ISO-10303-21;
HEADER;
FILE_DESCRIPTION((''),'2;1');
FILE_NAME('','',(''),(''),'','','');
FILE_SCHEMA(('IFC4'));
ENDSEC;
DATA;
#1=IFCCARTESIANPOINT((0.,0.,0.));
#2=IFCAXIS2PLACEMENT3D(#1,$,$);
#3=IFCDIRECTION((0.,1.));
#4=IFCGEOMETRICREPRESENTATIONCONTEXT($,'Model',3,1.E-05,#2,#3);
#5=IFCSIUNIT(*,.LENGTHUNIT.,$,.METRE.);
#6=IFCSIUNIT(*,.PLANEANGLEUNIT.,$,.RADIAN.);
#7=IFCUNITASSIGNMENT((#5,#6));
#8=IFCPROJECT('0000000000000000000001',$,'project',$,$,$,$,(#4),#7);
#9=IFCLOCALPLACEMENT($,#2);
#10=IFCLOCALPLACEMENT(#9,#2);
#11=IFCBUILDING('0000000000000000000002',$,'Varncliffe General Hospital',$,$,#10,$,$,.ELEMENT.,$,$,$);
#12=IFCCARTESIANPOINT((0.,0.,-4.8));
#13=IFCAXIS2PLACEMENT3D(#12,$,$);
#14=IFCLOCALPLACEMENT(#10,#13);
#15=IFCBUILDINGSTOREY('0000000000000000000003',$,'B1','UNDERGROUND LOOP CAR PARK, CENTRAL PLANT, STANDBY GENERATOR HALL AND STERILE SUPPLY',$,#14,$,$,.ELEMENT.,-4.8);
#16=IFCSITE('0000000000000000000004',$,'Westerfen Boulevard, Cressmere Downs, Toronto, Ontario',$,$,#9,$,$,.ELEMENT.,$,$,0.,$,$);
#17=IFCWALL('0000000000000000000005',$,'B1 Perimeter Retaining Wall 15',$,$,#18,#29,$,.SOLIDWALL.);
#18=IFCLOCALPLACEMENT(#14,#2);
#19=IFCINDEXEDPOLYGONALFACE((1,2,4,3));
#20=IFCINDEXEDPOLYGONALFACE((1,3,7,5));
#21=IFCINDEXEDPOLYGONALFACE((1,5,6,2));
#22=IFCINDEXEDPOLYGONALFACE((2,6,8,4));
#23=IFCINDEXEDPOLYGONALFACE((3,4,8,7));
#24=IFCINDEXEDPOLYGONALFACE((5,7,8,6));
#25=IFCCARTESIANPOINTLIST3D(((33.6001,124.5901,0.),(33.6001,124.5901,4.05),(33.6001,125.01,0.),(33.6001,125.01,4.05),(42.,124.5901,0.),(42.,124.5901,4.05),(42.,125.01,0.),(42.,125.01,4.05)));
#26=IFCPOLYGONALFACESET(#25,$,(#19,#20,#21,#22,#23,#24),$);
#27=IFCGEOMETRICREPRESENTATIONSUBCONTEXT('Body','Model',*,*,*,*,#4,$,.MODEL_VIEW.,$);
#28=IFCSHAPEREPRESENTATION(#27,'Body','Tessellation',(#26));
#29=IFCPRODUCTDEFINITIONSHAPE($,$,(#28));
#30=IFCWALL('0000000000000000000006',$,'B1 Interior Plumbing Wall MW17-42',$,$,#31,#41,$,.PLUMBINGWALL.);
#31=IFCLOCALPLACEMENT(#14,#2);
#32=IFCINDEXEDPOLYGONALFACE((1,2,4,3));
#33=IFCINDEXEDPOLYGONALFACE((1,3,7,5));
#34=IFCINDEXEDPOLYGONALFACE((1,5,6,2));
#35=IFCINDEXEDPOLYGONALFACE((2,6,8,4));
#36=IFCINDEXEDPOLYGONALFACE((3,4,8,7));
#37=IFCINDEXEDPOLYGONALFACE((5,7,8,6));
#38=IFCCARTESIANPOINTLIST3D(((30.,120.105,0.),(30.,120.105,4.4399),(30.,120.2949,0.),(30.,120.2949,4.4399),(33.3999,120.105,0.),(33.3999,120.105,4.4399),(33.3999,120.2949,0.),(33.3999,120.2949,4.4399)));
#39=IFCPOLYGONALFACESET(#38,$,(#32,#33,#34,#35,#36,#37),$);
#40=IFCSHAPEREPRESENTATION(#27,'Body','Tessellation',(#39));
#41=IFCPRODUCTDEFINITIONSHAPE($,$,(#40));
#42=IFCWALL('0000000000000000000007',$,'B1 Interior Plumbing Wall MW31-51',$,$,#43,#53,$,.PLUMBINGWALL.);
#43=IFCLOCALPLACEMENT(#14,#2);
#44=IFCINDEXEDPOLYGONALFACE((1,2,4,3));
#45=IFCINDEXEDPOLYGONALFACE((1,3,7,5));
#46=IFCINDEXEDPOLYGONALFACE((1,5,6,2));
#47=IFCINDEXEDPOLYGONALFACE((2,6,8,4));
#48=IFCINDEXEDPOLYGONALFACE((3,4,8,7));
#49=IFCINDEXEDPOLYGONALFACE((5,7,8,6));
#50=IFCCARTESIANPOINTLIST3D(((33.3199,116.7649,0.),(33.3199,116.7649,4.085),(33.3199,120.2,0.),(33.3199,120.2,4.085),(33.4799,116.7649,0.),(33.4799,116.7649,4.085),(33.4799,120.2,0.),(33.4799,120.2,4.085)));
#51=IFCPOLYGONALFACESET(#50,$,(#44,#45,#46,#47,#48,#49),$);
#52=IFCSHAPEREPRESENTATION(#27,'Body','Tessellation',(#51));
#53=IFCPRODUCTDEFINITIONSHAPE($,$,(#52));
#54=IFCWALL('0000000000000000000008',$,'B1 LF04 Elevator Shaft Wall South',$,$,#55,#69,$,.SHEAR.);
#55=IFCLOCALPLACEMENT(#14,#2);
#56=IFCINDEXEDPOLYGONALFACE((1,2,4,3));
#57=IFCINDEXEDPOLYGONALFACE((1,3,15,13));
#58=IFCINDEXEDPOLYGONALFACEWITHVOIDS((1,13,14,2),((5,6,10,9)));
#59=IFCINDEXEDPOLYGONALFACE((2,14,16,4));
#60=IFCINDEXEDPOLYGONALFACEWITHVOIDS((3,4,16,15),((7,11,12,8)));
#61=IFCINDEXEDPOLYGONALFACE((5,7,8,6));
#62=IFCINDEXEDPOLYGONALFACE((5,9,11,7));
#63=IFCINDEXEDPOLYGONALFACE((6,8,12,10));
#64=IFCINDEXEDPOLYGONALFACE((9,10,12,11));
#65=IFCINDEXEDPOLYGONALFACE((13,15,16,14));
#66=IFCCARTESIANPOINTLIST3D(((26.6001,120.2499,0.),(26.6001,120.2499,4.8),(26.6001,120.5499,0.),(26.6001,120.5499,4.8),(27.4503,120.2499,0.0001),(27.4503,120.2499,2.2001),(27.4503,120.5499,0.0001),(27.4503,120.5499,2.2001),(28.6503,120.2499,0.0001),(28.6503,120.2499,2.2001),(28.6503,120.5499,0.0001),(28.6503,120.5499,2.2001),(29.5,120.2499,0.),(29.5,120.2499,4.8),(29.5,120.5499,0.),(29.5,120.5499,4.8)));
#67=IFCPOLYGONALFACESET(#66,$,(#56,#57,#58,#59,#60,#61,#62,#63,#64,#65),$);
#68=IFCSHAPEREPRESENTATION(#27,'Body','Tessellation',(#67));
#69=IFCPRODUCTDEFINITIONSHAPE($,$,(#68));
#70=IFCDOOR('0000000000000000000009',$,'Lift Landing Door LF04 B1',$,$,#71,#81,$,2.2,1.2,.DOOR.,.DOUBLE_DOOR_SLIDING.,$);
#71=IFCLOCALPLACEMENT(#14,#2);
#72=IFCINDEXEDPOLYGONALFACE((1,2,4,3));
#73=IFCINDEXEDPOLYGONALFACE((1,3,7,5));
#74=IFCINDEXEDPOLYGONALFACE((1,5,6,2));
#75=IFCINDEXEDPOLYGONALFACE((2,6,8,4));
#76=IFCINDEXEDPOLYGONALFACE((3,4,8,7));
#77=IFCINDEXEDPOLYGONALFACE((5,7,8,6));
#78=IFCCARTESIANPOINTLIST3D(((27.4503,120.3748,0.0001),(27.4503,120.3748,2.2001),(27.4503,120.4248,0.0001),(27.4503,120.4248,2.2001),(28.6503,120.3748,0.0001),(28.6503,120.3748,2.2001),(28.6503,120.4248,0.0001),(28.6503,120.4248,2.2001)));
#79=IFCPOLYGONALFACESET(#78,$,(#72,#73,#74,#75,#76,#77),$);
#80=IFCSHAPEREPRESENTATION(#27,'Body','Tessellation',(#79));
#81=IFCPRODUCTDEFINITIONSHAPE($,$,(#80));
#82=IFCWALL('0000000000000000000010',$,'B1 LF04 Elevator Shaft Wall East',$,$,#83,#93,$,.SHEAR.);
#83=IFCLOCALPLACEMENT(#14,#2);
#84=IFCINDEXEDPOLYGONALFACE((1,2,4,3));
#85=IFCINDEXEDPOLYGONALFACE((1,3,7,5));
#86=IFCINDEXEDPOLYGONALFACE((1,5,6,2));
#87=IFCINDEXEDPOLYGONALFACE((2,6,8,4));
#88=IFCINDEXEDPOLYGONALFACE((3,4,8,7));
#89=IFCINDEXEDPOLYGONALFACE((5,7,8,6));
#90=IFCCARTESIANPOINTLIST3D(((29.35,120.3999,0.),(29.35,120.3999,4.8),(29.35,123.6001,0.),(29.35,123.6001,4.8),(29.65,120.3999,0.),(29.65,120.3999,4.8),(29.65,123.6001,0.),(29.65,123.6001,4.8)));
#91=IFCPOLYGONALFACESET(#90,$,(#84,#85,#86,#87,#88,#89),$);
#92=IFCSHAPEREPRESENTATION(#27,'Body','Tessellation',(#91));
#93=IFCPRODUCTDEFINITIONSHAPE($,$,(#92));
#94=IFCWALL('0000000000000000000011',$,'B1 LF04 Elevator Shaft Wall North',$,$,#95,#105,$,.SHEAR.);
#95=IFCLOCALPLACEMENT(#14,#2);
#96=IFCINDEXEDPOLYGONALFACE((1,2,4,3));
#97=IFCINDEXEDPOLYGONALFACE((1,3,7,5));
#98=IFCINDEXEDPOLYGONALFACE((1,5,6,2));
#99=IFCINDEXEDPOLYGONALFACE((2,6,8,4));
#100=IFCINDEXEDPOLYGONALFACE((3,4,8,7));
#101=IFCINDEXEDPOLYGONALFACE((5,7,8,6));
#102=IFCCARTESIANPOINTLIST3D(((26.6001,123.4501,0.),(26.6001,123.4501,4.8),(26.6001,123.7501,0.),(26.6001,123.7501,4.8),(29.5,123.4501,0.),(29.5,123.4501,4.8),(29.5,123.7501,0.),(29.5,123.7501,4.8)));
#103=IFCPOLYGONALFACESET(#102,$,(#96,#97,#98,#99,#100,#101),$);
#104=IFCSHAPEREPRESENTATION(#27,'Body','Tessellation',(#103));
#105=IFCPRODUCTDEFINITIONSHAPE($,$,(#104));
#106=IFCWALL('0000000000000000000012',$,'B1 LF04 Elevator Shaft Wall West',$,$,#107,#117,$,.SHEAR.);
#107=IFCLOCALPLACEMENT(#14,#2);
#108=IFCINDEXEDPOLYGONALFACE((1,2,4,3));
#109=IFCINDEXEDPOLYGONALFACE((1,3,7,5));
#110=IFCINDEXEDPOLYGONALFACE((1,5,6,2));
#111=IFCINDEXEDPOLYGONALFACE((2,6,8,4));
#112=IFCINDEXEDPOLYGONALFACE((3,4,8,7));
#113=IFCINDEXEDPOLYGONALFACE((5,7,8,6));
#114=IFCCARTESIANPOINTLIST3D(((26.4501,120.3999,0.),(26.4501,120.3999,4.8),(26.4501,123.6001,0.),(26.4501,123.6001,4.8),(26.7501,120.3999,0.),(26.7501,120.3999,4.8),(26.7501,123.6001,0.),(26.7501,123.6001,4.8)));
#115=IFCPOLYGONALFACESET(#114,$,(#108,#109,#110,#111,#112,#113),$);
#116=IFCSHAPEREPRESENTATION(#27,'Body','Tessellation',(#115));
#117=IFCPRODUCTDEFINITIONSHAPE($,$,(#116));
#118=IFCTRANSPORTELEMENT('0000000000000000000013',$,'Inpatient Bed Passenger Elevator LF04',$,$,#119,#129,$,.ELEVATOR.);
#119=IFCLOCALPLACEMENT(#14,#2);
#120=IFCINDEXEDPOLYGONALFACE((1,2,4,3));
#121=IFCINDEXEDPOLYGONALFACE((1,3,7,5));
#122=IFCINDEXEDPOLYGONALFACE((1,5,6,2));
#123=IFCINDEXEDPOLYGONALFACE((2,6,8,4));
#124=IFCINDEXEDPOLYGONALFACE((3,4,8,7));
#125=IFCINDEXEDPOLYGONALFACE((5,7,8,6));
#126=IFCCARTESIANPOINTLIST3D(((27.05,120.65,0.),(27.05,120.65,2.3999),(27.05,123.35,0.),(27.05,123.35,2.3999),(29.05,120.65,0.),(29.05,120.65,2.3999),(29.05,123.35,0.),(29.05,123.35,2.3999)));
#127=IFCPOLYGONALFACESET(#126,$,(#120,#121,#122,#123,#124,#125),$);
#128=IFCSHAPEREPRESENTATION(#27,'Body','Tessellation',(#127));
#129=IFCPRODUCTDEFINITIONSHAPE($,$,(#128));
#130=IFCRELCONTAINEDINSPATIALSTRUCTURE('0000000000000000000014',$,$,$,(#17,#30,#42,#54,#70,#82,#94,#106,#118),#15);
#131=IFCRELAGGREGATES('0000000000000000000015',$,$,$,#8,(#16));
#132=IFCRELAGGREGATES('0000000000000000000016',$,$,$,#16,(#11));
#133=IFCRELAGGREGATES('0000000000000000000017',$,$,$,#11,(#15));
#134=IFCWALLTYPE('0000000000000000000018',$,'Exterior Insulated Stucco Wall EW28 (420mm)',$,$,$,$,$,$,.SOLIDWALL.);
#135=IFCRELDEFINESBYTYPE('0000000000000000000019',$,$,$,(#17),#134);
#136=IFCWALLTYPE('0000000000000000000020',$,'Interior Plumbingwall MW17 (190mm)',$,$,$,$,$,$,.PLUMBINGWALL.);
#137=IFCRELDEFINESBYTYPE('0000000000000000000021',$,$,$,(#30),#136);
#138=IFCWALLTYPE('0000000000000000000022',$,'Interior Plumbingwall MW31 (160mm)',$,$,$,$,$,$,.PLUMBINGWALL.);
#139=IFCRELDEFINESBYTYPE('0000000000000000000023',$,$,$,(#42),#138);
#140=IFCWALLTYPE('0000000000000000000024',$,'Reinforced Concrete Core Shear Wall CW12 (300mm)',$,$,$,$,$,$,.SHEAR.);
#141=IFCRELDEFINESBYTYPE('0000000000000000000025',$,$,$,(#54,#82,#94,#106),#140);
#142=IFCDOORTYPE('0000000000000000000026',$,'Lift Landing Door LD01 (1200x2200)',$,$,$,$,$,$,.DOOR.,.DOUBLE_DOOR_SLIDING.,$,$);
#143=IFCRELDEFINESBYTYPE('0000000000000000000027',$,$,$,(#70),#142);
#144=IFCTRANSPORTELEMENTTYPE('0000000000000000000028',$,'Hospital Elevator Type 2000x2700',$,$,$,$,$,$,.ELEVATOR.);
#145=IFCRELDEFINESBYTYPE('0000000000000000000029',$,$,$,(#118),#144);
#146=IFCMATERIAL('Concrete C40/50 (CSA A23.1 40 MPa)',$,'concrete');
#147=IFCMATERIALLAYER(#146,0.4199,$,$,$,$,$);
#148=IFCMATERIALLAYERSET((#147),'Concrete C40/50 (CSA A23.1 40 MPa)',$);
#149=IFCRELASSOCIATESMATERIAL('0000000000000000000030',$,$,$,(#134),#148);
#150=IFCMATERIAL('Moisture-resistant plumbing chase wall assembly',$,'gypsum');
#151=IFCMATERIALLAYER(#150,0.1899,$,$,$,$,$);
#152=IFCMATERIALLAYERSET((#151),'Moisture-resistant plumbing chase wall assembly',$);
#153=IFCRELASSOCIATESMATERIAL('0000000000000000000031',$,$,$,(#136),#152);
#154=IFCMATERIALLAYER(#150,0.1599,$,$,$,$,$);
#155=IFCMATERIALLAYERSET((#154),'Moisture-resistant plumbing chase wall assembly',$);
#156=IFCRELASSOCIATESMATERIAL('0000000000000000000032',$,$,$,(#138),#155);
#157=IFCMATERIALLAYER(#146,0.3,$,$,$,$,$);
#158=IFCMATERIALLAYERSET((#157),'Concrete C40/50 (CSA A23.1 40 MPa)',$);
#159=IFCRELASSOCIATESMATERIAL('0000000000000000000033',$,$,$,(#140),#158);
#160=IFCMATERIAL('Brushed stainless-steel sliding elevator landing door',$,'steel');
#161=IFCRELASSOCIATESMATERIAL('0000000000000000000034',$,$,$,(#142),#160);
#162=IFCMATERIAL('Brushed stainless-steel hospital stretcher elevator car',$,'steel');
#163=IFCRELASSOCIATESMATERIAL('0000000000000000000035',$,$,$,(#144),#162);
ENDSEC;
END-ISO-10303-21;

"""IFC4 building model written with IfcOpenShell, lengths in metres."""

from ifc_helpers import new_model, si_unit, direction, frame, frame_2d, origin, origin_2d, place, context, subcontext, project, spatial, rectangle, extrude, material, layer, layer_set, type_object, element, fill, save


model = new_model("IFC4")

# Units and contexts
model_context = context("Model", 3, precision=1e-05, world=origin(), true_north=direction((0.0, 1.0)))
body_context = subcontext(model_context, "Body", "Model", "MODEL_VIEW")
ifc_project = project(units=[si_unit("LENGTHUNIT", "METRE"), si_unit("PLANEANGLEUNIT", "RADIAN")], contexts=[model_context])

# Site, building, storey
site_placement = place(None, origin())
site = spatial("IfcSite", under=ifc_project, at=site_placement, Name="Westerfen Boulevard, Cressmere Downs, Toronto, Ontario", CompositionType="ELEMENT", RefElevation=0.0)
building_placement = place(site_placement, origin())
building = spatial("IfcBuilding", under=site, at=building_placement, Name="Varncliffe General Hospital", CompositionType="ELEMENT")
storey_placement = place(building_placement, frame((0.0, 0.0, -4.8)))
storey = spatial("IfcBuildingStorey", under=building, at=storey_placement, Name="B1", Description="UNDERGROUND LOOP CAR PARK, CENTRAL PLANT, STANDBY GENERATOR HALL AND STERILE SUPPLY", CompositionType="ELEMENT", Elevation=-4.8)

# Shared definitions
ifc_material_1 = material(Name="Concrete C40/50 (CSA A23.1 40 MPa)", Category="concrete")

# Walls
ifc_layer_1 = layer(ifc_material_1, 0.4199)
ifc_layer_set_1 = layer_set([ifc_layer_1], Name="Concrete C40/50 (CSA A23.1 40 MPa)")
wall_type_1 = type_object("IfcWallType", Name="Exterior Insulated Stucco Wall EW28 (420mm)", PredefinedType="SOLIDWALL", material=ifc_layer_set_1)
wall_1_placement = place(storey_placement, frame((33.6001, 124.8, 0.0), z_axis=(0.0, 0.0, 1.0), x_axis=(1.0, 0.0, 0.0)))
element("IfcWall", 1, at=wall_1_placement, inside=storey, type_object=wall_type_1, Name="B1 Perimeter Retaining Wall 15", PredefinedType="SOLIDWALL", context=body_context, shape_type="SweptSolid", body=[
    extrude(rectangle(XDim=8.3999, YDim=0.4199, at=frame_2d((4.2, 0.0))), origin(), (0.0, 0.0, 1.0), 4.05),
])
ifc_material_2 = material(Name="Moisture-resistant plumbing chase wall assembly", Category="gypsum")
ifc_layer_2 = layer(ifc_material_2, 0.1899)
ifc_layer_set_2 = layer_set([ifc_layer_2], Name="Moisture-resistant plumbing chase wall assembly")
wall_type_2 = type_object("IfcWallType", Name="Interior Plumbingwall MW17 (190mm)", PredefinedType="PLUMBINGWALL", material=ifc_layer_set_2)
wall_2_placement = place(storey_placement, frame((30.0, 120.2, 0.0), z_axis=(0.0, 0.0, 1.0), x_axis=(1.0, 0.0, 0.0)))
element("IfcWall", 2, at=wall_2_placement, inside=storey, type_object=wall_type_2, Name="B1 Interior Plumbing Wall MW17-42", PredefinedType="PLUMBINGWALL", context=body_context, shape_type="SweptSolid", body=[
    extrude(rectangle(XDim=3.3999, YDim=0.1899, at=frame_2d((1.7, 0.0))), origin(), (0.0, 0.0, 1.0), 4.4399),
])
ifc_layer_3 = layer(ifc_material_2, 0.1599)
ifc_layer_set_3 = layer_set([ifc_layer_3], Name="Moisture-resistant plumbing chase wall assembly")
wall_type_3 = type_object("IfcWallType", Name="Interior Plumbingwall MW31 (160mm)", PredefinedType="PLUMBINGWALL", material=ifc_layer_set_3)
wall_3_placement = place(storey_placement, frame((33.3999, 116.7649, 0.0), z_axis=(0.0, 0.0, 1.0), x_axis=(0.0, 1.0, 0.0)))
element("IfcWall", 3, at=wall_3_placement, inside=storey, type_object=wall_type_3, Name="B1 Interior Plumbing Wall MW31-51", PredefinedType="PLUMBINGWALL", context=body_context, shape_type="SweptSolid", body=[
    extrude(rectangle(XDim=3.4351, YDim=0.1599, at=frame_2d((1.7175, 0.0))), origin(), (0.0, 0.0, 1.0), 4.085),
])

# Wall, opening, door
ifc_layer_4 = layer(ifc_material_1, 0.3)
ifc_layer_set_4 = layer_set([ifc_layer_4], Name="Concrete C40/50 (CSA A23.1 40 MPa)")
wall_type_4 = type_object("IfcWallType", Name="Reinforced Concrete Core Shear Wall CW12 (300mm)", PredefinedType="SHEAR", material=ifc_layer_set_4)
wall_4_placement = place(storey_placement, frame((26.6001, 120.3999, 0.0), z_axis=(0.0, 0.0, 1.0), x_axis=(1.0, 0.0, 0.0)))
wall_4 = element("IfcWall", 4, at=wall_4_placement, inside=storey, type_object=wall_type_4, Name="B1 LF04 Elevator Shaft Wall South", PredefinedType="SHEAR", context=body_context, shape_type="SweptSolid", body=[
    extrude(rectangle(XDim=2.8999, YDim=0.3, at=frame_2d((1.45, 0.0))), origin(), (0.0, 0.0, 1.0), 4.8),
])
opening_placement = place(wall_4_placement, frame((0.8501, 0.0, 0.0)))
opening = element("IfcOpeningElement", 5, at=opening_placement, cuts=wall_4, PredefinedType="OPENING", context=body_context, shape_type="SweptSolid", body=[
    extrude(rectangle(XDim=1.2, YDim=2.2, at=frame_2d((0.6001, 1.1001))), frame((0.0, 0.1602, 0.0), z_axis=(0.0, -1.0, 0.0), x_axis=(1.0, 0.0, 0.0)), (0.0, 0.0, 1.0), 0.3201),
])
ifc_material_3 = material(Name="Brushed stainless-steel sliding elevator landing door", Category="steel")
door_type = type_object("IfcDoorType", Name="Lift Landing Door LD01 (1200x2200)", OperationType="DOUBLE_DOOR_SLIDING", PredefinedType="DOOR", material=ifc_material_3)
door_placement = place(opening_placement, origin())
door = element("IfcDoor", 6, at=door_placement, inside=storey, type_object=door_type, Name="Lift Landing Door LF04 B1", OperationType="DOUBLE_DOOR_SLIDING", OverallHeight=2.2, OverallWidth=1.2, PredefinedType="DOOR", context=body_context, shape_type="SweptSolid", body=[
    extrude(rectangle(XDim=1.2, YDim=2.2, at=frame_2d((0.6001, 1.1001))), frame((0.0, 0.0249, 0.0), z_axis=(0.0, -1.0, 0.0), x_axis=(1.0, 0.0, 0.0)), (0.0, 0.0, 1.0), 0.05),
])
fill(opening, door)

# Walls
wall_5_placement = place(storey_placement, frame((29.5, 120.3999, 0.0), z_axis=(0.0, 0.0, 1.0), x_axis=(0.0, 1.0, 0.0)))
element("IfcWall", 7, at=wall_5_placement, inside=storey, type_object=wall_type_4, Name="B1 LF04 Elevator Shaft Wall East", PredefinedType="SHEAR", context=body_context, shape_type="SweptSolid", body=[
    extrude(rectangle(XDim=3.2002, YDim=0.3, at=frame_2d((1.6001, 0.0))), origin(), (0.0, 0.0, 1.0), 4.8),
])
wall_6_placement = place(storey_placement, frame((29.5, 123.6001, 0.0), z_axis=(0.0, 0.0, 1.0), x_axis=(-1.0, 0.0, 0.0)))
element("IfcWall", 8, at=wall_6_placement, inside=storey, type_object=wall_type_4, Name="B1 LF04 Elevator Shaft Wall North", PredefinedType="SHEAR", context=body_context, shape_type="SweptSolid", body=[
    extrude(rectangle(XDim=2.8999, YDim=0.3, at=frame_2d((1.45, 0.0))), origin(), (0.0, 0.0, 1.0), 4.8),
])
wall_7_placement = place(storey_placement, frame((26.6001, 123.6001, 0.0), z_axis=(0.0, 0.0, 1.0), x_axis=(0.0, -1.0, 0.0)))
element("IfcWall", 9, at=wall_7_placement, inside=storey, type_object=wall_type_4, Name="B1 LF04 Elevator Shaft Wall West", PredefinedType="SHEAR", context=body_context, shape_type="SweptSolid", body=[
    extrude(rectangle(XDim=3.2002, YDim=0.3, at=frame_2d((1.6001, 0.0))), origin(), (0.0, 0.0, 1.0), 4.8),
])

# Transport element
ifc_material_4 = material(Name="Brushed stainless-steel hospital stretcher elevator car", Category="steel")
transport_element_type = type_object("IfcTransportElementType", Name="Hospital Elevator Type 2000x2700", PredefinedType="ELEVATOR", material=ifc_material_4)
transport_element_placement = place(storey_placement, frame((28.05, 122.0, 0.0), z_axis=(0.0, 0.0, 1.0), x_axis=(1.0, 0.0, 0.0)))
element("IfcTransportElement", 10, at=transport_element_placement, inside=storey, type_object=transport_element_type, Name="Inpatient Bed Passenger Elevator LF04", PredefinedType="ELEVATOR", context=body_context, shape_type="SweptSolid", body=[
    extrude(rectangle(XDim=2.0, YDim=2.7, at=origin_2d()), origin(), (0.0, 0.0, 1.0), 2.3999),
])

save(model, "model.ifc")
